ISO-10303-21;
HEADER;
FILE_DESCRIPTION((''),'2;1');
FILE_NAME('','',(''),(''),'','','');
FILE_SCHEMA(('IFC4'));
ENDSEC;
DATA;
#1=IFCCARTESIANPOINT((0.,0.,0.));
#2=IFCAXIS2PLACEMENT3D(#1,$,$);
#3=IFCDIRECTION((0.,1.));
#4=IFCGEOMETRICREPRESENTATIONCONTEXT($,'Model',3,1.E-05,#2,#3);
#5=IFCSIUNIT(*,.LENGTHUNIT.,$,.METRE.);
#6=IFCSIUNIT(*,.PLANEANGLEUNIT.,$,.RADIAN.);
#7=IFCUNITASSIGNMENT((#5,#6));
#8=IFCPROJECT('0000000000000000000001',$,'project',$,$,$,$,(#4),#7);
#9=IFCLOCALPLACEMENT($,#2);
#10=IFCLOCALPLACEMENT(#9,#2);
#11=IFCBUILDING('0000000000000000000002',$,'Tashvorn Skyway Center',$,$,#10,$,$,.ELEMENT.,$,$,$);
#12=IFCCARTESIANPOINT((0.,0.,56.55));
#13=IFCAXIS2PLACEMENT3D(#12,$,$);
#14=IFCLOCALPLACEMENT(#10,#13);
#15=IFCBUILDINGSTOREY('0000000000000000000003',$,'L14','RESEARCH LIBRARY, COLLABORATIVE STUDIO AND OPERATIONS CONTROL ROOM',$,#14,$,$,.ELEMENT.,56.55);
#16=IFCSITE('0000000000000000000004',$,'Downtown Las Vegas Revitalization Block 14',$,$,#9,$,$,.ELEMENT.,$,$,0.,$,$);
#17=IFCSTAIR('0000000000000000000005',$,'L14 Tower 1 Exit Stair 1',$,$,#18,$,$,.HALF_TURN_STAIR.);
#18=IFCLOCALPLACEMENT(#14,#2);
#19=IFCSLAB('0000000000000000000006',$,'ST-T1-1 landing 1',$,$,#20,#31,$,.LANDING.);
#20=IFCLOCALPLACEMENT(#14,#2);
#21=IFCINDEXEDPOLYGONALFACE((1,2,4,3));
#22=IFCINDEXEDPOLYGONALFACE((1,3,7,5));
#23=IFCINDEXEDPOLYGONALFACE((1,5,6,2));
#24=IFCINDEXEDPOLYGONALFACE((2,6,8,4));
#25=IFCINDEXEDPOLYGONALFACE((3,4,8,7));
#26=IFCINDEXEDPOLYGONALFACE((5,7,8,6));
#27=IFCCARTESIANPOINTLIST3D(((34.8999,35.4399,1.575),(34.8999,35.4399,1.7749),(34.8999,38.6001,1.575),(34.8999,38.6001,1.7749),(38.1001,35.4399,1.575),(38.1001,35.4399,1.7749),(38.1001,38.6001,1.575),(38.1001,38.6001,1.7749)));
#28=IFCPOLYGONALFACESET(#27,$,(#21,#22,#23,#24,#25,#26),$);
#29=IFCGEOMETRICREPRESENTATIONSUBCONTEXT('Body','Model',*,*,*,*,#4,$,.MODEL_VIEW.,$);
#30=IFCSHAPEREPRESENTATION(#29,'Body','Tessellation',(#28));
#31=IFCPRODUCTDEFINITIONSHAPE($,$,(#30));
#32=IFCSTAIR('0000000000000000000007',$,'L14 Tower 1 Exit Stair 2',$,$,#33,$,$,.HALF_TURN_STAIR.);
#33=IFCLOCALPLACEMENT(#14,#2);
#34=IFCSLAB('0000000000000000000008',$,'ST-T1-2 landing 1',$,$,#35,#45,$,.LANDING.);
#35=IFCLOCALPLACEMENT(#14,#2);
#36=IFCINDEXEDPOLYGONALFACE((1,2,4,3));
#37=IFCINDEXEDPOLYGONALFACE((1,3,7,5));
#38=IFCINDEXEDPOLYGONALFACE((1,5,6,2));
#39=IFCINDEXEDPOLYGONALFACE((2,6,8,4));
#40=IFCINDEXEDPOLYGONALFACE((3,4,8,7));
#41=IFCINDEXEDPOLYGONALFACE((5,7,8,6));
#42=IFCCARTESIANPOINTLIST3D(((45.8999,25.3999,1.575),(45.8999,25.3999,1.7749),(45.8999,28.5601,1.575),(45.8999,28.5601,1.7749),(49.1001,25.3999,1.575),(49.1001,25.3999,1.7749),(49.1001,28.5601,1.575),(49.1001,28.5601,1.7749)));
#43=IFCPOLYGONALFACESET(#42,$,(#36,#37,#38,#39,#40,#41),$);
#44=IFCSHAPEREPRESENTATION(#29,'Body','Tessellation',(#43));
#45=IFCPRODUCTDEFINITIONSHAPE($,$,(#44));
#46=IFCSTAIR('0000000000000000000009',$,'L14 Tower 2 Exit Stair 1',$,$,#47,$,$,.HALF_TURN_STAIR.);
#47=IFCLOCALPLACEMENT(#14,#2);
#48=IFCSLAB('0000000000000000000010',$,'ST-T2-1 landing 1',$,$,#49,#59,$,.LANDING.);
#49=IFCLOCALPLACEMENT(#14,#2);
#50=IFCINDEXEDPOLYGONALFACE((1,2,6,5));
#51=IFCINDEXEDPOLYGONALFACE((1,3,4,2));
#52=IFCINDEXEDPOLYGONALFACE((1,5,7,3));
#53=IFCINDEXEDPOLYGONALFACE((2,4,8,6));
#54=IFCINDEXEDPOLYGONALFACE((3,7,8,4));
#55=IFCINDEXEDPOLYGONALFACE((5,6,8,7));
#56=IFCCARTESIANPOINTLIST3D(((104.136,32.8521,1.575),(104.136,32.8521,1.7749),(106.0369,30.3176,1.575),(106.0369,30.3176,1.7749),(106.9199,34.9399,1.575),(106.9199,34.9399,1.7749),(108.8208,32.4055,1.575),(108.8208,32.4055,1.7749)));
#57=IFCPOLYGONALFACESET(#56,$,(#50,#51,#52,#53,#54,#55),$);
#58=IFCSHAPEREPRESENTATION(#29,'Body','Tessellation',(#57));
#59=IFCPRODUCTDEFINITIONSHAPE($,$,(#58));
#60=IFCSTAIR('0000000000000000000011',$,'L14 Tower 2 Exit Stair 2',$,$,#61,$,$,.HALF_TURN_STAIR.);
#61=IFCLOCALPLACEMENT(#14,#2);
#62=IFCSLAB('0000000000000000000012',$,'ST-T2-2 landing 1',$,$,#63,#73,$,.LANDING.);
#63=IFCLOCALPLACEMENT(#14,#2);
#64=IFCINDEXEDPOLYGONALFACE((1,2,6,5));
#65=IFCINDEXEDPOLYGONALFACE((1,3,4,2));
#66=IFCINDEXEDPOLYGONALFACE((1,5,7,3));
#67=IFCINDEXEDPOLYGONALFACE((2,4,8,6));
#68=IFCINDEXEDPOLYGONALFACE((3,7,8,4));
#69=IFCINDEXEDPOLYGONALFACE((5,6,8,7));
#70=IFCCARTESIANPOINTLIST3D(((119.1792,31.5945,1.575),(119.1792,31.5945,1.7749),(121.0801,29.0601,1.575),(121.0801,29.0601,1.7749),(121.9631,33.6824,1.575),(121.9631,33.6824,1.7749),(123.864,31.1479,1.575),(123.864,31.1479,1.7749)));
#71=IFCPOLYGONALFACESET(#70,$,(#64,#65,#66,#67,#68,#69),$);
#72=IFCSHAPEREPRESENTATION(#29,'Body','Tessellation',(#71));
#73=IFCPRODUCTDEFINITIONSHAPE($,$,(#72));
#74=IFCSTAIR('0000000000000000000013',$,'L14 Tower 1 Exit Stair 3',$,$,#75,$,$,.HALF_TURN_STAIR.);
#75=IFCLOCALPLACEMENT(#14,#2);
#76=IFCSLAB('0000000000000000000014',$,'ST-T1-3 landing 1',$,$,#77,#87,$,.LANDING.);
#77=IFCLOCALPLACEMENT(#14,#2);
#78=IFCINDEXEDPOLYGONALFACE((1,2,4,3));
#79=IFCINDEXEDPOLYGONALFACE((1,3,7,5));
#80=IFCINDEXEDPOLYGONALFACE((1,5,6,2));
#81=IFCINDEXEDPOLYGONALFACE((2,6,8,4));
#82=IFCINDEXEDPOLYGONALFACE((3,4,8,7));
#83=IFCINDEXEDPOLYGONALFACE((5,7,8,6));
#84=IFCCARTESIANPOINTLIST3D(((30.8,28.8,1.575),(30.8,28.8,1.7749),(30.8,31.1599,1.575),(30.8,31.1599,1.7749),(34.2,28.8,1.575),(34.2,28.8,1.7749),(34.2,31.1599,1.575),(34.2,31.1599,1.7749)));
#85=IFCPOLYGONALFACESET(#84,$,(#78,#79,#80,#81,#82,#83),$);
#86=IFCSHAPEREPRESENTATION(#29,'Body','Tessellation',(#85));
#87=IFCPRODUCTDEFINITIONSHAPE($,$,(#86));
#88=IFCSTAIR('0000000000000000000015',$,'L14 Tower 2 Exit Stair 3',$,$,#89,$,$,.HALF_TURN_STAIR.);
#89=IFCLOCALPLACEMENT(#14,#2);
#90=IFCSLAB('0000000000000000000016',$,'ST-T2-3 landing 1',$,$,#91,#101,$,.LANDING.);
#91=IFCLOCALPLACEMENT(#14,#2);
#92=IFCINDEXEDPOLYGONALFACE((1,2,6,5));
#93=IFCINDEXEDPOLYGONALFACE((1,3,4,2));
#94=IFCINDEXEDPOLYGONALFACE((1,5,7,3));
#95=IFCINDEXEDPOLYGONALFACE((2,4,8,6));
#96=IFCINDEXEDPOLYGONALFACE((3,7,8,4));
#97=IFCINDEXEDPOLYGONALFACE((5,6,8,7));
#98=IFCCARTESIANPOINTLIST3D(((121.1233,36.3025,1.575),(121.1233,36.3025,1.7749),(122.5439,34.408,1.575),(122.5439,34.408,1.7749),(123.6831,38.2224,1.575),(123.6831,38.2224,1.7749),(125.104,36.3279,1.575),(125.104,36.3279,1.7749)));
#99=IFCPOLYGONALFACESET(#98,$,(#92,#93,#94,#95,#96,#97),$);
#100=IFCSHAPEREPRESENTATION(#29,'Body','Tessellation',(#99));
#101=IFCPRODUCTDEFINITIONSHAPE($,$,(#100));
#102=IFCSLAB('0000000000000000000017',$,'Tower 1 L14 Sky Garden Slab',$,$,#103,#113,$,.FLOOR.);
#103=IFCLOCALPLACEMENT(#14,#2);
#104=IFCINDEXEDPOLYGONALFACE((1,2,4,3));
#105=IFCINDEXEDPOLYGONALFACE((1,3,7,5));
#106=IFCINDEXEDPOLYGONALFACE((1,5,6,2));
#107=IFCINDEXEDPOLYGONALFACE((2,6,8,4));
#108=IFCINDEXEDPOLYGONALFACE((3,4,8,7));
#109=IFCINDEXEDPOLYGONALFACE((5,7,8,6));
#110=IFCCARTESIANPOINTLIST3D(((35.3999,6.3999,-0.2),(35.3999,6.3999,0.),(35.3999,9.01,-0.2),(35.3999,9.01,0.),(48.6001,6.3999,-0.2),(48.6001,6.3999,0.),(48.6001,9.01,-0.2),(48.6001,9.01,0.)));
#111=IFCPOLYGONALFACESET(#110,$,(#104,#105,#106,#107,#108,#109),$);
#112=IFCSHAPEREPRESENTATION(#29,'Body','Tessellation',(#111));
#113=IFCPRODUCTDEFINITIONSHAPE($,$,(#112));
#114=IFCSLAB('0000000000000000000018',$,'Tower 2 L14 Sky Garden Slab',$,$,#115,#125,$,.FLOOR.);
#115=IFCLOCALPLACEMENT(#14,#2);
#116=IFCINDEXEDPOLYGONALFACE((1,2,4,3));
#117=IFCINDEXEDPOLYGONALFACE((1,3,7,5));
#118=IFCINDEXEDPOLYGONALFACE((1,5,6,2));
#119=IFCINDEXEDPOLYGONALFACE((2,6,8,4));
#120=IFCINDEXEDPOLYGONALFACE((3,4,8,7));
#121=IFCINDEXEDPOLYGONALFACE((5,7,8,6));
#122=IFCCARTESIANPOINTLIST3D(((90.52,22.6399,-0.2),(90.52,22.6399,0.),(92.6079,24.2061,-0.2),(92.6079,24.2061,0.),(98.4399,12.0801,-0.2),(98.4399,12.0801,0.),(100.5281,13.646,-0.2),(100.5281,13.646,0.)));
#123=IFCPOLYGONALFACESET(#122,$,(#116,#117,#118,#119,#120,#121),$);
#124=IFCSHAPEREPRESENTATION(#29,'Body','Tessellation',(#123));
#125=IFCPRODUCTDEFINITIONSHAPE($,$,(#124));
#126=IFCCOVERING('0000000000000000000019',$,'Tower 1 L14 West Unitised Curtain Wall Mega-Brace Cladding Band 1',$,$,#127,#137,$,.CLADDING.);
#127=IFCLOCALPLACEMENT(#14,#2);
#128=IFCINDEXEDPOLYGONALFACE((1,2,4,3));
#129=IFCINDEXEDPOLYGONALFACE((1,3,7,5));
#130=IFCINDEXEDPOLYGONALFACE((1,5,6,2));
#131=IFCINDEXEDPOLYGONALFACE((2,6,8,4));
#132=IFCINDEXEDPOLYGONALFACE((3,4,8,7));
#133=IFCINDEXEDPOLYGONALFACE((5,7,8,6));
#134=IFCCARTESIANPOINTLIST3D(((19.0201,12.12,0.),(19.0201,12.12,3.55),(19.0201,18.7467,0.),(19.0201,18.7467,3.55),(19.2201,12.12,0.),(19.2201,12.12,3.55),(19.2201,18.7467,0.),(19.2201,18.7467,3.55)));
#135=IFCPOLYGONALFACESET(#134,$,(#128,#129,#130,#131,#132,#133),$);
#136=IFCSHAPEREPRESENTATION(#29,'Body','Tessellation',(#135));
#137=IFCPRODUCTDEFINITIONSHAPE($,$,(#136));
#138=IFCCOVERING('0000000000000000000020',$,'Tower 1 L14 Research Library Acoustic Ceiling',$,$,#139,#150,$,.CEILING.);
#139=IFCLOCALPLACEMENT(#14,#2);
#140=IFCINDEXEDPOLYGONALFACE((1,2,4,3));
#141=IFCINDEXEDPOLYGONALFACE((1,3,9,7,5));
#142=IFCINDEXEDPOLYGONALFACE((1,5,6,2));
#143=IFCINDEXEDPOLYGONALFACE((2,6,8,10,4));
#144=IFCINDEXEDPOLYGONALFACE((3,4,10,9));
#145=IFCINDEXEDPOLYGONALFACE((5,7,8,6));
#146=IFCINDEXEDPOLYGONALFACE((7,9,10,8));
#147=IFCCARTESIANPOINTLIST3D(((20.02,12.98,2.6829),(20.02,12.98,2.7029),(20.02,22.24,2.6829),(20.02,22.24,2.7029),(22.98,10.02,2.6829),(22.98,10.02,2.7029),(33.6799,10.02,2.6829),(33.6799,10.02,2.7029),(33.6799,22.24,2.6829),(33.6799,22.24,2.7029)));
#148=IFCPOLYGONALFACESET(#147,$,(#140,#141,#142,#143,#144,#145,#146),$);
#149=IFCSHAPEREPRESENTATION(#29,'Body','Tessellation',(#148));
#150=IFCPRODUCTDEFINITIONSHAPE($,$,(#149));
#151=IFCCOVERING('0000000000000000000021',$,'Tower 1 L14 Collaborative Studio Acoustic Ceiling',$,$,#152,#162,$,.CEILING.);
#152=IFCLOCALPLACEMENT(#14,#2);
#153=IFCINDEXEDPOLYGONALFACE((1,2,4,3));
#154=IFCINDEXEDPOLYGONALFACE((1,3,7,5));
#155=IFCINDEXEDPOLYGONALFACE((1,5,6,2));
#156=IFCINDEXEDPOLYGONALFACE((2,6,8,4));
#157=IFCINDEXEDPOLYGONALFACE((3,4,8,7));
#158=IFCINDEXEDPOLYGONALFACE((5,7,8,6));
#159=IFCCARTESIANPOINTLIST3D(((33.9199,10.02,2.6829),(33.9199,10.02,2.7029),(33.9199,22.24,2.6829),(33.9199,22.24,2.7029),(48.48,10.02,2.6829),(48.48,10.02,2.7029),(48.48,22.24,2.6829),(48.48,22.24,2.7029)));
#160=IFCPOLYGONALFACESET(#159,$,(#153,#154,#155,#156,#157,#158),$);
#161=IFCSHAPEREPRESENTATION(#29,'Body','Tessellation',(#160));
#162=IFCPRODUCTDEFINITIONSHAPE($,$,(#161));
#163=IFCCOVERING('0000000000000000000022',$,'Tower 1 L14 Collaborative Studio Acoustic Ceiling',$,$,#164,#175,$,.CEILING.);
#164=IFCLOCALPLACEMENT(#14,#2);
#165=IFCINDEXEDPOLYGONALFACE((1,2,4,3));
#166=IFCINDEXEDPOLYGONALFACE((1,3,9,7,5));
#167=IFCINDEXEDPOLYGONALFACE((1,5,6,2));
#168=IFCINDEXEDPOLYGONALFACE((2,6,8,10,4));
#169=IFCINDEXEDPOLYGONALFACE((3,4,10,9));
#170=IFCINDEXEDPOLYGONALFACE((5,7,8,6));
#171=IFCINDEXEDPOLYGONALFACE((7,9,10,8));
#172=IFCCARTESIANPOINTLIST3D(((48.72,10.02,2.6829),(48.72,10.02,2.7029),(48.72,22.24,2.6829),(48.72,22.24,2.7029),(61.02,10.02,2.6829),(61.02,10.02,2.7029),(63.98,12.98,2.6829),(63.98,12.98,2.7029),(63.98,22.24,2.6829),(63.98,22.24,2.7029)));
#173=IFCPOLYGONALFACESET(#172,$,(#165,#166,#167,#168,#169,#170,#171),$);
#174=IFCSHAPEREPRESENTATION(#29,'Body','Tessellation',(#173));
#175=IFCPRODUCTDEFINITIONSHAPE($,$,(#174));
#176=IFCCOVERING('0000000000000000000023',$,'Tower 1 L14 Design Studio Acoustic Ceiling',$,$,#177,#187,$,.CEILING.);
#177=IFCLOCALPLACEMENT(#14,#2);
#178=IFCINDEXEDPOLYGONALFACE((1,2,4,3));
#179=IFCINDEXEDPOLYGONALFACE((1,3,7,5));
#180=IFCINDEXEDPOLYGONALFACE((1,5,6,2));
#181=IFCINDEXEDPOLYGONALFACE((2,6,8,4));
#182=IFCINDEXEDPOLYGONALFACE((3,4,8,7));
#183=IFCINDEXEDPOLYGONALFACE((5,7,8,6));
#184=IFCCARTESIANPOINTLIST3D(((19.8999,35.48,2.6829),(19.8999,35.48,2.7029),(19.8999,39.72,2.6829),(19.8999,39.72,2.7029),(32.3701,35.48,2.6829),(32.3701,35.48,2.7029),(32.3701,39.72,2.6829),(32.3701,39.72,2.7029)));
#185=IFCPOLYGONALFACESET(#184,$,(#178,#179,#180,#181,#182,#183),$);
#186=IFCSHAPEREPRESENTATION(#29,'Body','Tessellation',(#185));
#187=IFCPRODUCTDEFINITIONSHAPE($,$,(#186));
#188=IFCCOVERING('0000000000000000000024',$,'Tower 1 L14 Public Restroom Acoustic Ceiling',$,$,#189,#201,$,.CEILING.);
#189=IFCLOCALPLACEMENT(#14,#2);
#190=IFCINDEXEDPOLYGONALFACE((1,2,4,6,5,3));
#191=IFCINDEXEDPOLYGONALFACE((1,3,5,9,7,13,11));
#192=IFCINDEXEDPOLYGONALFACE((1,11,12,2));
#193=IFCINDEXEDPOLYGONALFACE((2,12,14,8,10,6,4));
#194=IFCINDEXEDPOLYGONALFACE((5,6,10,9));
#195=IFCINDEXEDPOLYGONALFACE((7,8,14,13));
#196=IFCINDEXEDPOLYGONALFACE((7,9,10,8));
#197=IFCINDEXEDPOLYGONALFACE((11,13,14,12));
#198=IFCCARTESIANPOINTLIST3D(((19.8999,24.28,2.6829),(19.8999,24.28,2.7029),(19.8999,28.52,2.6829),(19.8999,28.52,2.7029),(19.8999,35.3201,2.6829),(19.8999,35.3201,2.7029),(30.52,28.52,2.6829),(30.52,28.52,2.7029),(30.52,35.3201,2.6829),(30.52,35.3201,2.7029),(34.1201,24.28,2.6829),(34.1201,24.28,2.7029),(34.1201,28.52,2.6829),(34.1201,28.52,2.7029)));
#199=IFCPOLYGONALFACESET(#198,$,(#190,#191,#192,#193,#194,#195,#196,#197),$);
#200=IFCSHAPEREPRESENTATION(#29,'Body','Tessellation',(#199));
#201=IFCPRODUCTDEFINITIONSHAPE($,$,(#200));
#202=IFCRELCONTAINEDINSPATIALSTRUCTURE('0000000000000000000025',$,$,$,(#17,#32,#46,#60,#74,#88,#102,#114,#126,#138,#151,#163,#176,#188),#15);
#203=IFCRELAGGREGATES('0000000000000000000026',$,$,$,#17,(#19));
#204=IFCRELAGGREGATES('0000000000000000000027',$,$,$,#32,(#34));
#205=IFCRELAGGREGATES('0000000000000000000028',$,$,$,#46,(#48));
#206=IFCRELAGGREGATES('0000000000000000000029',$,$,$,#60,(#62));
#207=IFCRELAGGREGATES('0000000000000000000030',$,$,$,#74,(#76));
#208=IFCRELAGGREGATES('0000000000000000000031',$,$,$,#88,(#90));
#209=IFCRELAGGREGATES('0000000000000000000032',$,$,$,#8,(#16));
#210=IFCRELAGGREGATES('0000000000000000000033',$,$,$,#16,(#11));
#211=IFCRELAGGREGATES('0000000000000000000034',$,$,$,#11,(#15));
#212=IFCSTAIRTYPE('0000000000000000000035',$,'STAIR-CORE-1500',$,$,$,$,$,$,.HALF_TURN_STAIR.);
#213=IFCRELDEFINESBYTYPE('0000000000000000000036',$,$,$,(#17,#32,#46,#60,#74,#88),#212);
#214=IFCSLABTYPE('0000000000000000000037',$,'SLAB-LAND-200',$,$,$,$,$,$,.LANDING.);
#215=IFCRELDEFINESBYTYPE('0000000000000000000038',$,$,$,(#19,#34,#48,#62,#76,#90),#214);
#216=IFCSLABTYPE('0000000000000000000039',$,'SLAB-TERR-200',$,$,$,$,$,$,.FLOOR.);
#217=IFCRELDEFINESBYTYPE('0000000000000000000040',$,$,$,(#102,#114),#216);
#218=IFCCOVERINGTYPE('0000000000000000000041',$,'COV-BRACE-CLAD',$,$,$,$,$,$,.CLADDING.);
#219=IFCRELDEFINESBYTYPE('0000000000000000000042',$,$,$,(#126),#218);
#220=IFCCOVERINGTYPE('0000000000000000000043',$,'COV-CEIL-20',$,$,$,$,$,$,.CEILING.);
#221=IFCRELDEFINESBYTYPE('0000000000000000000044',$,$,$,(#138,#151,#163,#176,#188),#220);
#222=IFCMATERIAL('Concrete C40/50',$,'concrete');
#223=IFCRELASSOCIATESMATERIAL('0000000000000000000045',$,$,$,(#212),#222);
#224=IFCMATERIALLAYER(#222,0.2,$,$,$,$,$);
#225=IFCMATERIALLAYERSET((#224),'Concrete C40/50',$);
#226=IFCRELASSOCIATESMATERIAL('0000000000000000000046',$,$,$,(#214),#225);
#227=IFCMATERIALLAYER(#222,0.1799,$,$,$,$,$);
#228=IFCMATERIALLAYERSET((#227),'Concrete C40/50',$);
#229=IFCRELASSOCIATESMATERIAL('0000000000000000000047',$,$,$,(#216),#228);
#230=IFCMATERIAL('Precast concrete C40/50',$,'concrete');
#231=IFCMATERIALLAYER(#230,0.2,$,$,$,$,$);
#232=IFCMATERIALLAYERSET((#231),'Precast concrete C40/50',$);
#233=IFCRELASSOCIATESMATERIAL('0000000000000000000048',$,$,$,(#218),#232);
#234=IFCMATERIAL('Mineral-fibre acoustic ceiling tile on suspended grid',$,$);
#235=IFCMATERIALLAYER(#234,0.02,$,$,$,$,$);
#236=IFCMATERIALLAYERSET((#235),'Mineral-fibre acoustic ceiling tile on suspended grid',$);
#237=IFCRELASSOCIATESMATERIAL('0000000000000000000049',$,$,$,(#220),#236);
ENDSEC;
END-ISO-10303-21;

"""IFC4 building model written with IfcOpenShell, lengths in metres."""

from ifc_helpers import new_model, si_unit, direction, frame, origin, origin_2d, place, context, subcontext, project, spatial, polyline, rectangle, outline, extrude, material, layer, layer_set, type_object, element, aggregate, save


model = new_model("IFC4")

# Units and contexts
model_context = context("Model", 3, precision=1e-05, world=origin(), true_north=direction((0.0, 1.0)))
body_context = subcontext(model_context, "Body", "Model", "MODEL_VIEW")
ifc_project = project(units=[si_unit("LENGTHUNIT", "METRE"), si_unit("PLANEANGLEUNIT", "RADIAN")], contexts=[model_context])

# Site, building, storey
site_placement = place(None, origin())
site = spatial("IfcSite", under=ifc_project, at=site_placement, Name="Downtown Las Vegas Revitalization Block 14", CompositionType="ELEMENT", RefElevation=0.0)
building_placement = place(site_placement, origin())
building = spatial("IfcBuilding", under=site, at=building_placement, Name="Tashvorn Skyway Center", CompositionType="ELEMENT")
storey_placement = place(building_placement, frame((0.0, 0.0, 56.55)))
storey = spatial("IfcBuildingStorey", under=building, at=storey_placement, Name="L14", Description="RESEARCH LIBRARY, COLLABORATIVE STUDIO AND OPERATIONS CONTROL ROOM", CompositionType="ELEMENT", Elevation=56.55)

# Shared definitions
ifc_material_1 = material(Name="Concrete C40/50", Category="concrete")

# Stairs, slabs
stair_type = type_object("IfcStairType", Name="STAIR-CORE-1500", PredefinedType="HALF_TURN_STAIR", material=ifc_material_1)
stair_1_placement = place(storey_placement, origin())
stair_1 = element("IfcStair", 1, at=stair_1_placement, inside=storey, type_object=stair_type, Name="L14 Tower 1 Exit Stair 1", PredefinedType="HALF_TURN_STAIR")
ifc_layer_1 = layer(ifc_material_1, 0.2)
ifc_layer_set_1 = layer_set([ifc_layer_1], Name="Concrete C40/50")
slab_type_1 = type_object("IfcSlabType", Name="SLAB-LAND-200", PredefinedType="LANDING", material=ifc_layer_set_1)
slab_1_placement = place(storey_placement, frame((0.0, 0.0, 1.575)))
slab_1 = element("IfcSlab", 2, at=slab_1_placement, type_object=slab_type_1, Name="ST-T1-1 landing 1", PredefinedType="LANDING", context=body_context, shape_type="SweptSolid", body=[
    extrude(outline(polyline([(38.1001, 35.4399), (38.1001, 38.6001), (34.8999, 38.6001), (34.8999, 35.4399), (38.1001, 35.4399)])), origin(), (0.0, 0.0, 1.0), 0.2),
])
aggregate(stair_1, [slab_1])
stair_2_placement = place(storey_placement, origin())
stair_2 = element("IfcStair", 3, at=stair_2_placement, inside=storey, type_object=stair_type, Name="L14 Tower 1 Exit Stair 2", PredefinedType="HALF_TURN_STAIR")
slab_2_placement = place(storey_placement, frame((0.0, 0.0, 1.575)))
slab_2 = element("IfcSlab", 4, at=slab_2_placement, type_object=slab_type_1, Name="ST-T1-2 landing 1", PredefinedType="LANDING", context=body_context, shape_type="SweptSolid", body=[
    extrude(outline(polyline([(45.8999, 28.5601), (45.8999, 25.3999), (49.1001, 25.3999), (49.1001, 28.5601), (45.8999, 28.5601)])), origin(), (0.0, 0.0, 1.0), 0.2),
])
aggregate(stair_2, [slab_2])
stair_3_placement = place(storey_placement, origin())
stair_3 = element("IfcStair", 5, at=stair_3_placement, inside=storey, type_object=stair_type, Name="L14 Tower 2 Exit Stair 1", PredefinedType="HALF_TURN_STAIR")
slab_3_placement = place(storey_placement, frame((0.0, 0.0, 1.575)))
slab_3 = element("IfcSlab", 6, at=slab_3_placement, type_object=slab_type_1, Name="ST-T2-1 landing 1", PredefinedType="LANDING", context=body_context, shape_type="SweptSolid", body=[
    extrude(outline(polyline([(108.8208, 32.4055), (106.9199, 34.9399), (104.136, 32.8521), (106.0369, 30.3176), (108.8208, 32.4055)])), origin(), (0.0, 0.0, 1.0), 0.2),
])
aggregate(stair_3, [slab_3])
stair_4_placement = place(storey_placement, origin())
stair_4 = element("IfcStair", 7, at=stair_4_placement, inside=storey, type_object=stair_type, Name="L14 Tower 2 Exit Stair 2", PredefinedType="HALF_TURN_STAIR")
slab_4_placement = place(storey_placement, frame((0.0, 0.0, 1.575)))
slab_4 = element("IfcSlab", 8, at=slab_4_placement, type_object=slab_type_1, Name="ST-T2-2 landing 1", PredefinedType="LANDING", context=body_context, shape_type="SweptSolid", body=[
    extrude(outline(polyline([(119.1792, 31.5945), (121.0801, 29.0601), (123.864, 31.1479), (121.9631, 33.6824), (119.1792, 31.5945)])), origin(), (0.0, 0.0, 1.0), 0.2),
])
aggregate(stair_4, [slab_4])
stair_5_placement = place(storey_placement, origin())
stair_5 = element("IfcStair", 9, at=stair_5_placement, inside=storey, type_object=stair_type, Name="L14 Tower 1 Exit Stair 3", PredefinedType="HALF_TURN_STAIR")
slab_5_placement = place(storey_placement, frame((0.0, 0.0, 1.575)))
slab_5 = element("IfcSlab", 10, at=slab_5_placement, type_object=slab_type_1, Name="ST-T1-3 landing 1", PredefinedType="LANDING", context=body_context, shape_type="SweptSolid", body=[
    extrude(outline(polyline([(30.8, 31.1599), (30.8, 28.8), (34.2, 28.8), (34.2, 31.1599), (30.8, 31.1599)])), origin(), (0.0, 0.0, 1.0), 0.2),
])
aggregate(stair_5, [slab_5])
stair_6_placement = place(storey_placement, origin())
stair_6 = element("IfcStair", 11, at=stair_6_placement, inside=storey, type_object=stair_type, Name="L14 Tower 2 Exit Stair 3", PredefinedType="HALF_TURN_STAIR")
slab_6_placement = place(storey_placement, frame((0.0, 0.0, 1.575)))
slab_6 = element("IfcSlab", 12, at=slab_6_placement, type_object=slab_type_1, Name="ST-T2-3 landing 1", PredefinedType="LANDING", context=body_context, shape_type="SweptSolid", body=[
    extrude(outline(polyline([(121.1233, 36.3025), (122.5439, 34.408), (125.104, 36.3279), (123.6831, 38.2224), (121.1233, 36.3025)])), origin(), (0.0, 0.0, 1.0), 0.2),
])
aggregate(stair_6, [slab_6])

# Slabs
ifc_layer_2 = layer(ifc_material_1, 0.1799)
ifc_layer_set_2 = layer_set([ifc_layer_2], Name="Concrete C40/50")
slab_type_2 = type_object("IfcSlabType", Name="SLAB-TERR-200", PredefinedType="FLOOR", material=ifc_layer_set_2)
slab_7_placement = place(storey_placement, frame((0.0, 0.0, -0.2)))
element("IfcSlab", 13, at=slab_7_placement, inside=storey, type_object=slab_type_2, Name="Tower 1 L14 Sky Garden Slab", PredefinedType="FLOOR", context=body_context, shape_type="SweptSolid", body=[
    extrude(outline(polyline([(35.3999, 6.3999), (48.6001, 6.3999), (48.6001, 9.01), (35.3999, 9.01), (35.3999, 6.3999)])), origin(), (0.0, 0.0, 1.0), 0.2),
])
slab_8_placement = place(storey_placement, frame((0.0, 0.0, -0.2)))
element("IfcSlab", 14, at=slab_8_placement, inside=storey, type_object=slab_type_2, Name="Tower 2 L14 Sky Garden Slab", PredefinedType="FLOOR", context=body_context, shape_type="SweptSolid", body=[
    extrude(outline(polyline([(98.4399, 12.0801), (100.5281, 13.646), (92.6079, 24.2061), (90.52, 22.6399), (98.4399, 12.0801)])), origin(), (0.0, 0.0, 1.0), 0.2),
])

# Coverings
ifc_material_2 = material(Name="Precast concrete C40/50", Category="concrete")
ifc_layer_3 = layer(ifc_material_2, 0.2)
ifc_layer_set_3 = layer_set([ifc_layer_3], Name="Precast concrete C40/50")
covering_type_1 = type_object("IfcCoveringType", Name="COV-BRACE-CLAD", PredefinedType="CLADDING", material=ifc_layer_set_3)
covering_1_placement = place(storey_placement, frame((19.1201, 15.4333, 0.0), z_axis=(0.0, 0.0, 1.0), x_axis=(0.0, 1.0, 0.0)))
element("IfcCovering", 15, at=covering_1_placement, inside=storey, type_object=covering_type_1, Name="Tower 1 L14 West Unitised Curtain Wall Mega-Brace Cladding Band 1", PredefinedType="CLADDING", context=body_context, shape_type="SweptSolid", body=[
    extrude(rectangle(XDim=6.6267, YDim=0.2, at=origin_2d()), origin(), (0.0, 0.0, 1.0), 3.55),
])
ifc_material_3 = material(Name="Mineral-fibre acoustic ceiling tile on suspended grid")
ifc_layer_4 = layer(ifc_material_3, 0.02)
ifc_layer_set_4 = layer_set([ifc_layer_4], Name="Mineral-fibre acoustic ceiling tile on suspended grid")
covering_type_2 = type_object("IfcCoveringType", Name="COV-CEIL-20", PredefinedType="CEILING", material=ifc_layer_set_4)
covering_2_placement = place(storey_placement, frame((0.0, 0.0, 2.6829)))
element("IfcCovering", 16, at=covering_2_placement, inside=storey, type_object=covering_type_2, Name="Tower 1 L14 Research Library Acoustic Ceiling", PredefinedType="CEILING", context=body_context, shape_type="SweptSolid", body=[
    extrude(outline(polyline([(20.02, 22.24), (33.6799, 22.24), (33.6799, 10.02), (22.98, 10.02), (20.02, 12.98), (20.02, 22.24)])), origin(), (0.0, 0.0, 1.0), 0.02),
])
covering_3_placement = place(storey_placement, frame((0.0, 0.0, 2.6829)))
element("IfcCovering", 17, at=covering_3_placement, inside=storey, type_object=covering_type_2, Name="Tower 1 L14 Collaborative Studio Acoustic Ceiling", PredefinedType="CEILING", context=body_context, shape_type="SweptSolid", body=[
    extrude(outline(polyline([(33.9199, 22.24), (48.48, 22.24), (48.48, 10.02), (33.9199, 10.02), (33.9199, 22.24)])), origin(), (0.0, 0.0, 1.0), 0.02),
])
covering_4_placement = place(storey_placement, frame((0.0, 0.0, 2.6829)))
element("IfcCovering", 18, at=covering_4_placement, inside=storey, type_object=covering_type_2, Name="Tower 1 L14 Collaborative Studio Acoustic Ceiling", PredefinedType="CEILING", context=body_context, shape_type="SweptSolid", body=[
    extrude(outline(polyline([(48.72, 10.02), (48.72, 22.24), (63.98, 22.24), (63.98, 12.98), (61.02, 10.02), (48.72, 10.02)])), origin(), (0.0, 0.0, 1.0), 0.02),
])
covering_5_placement = place(storey_placement, frame((0.0, 0.0, 2.6829)))
element("IfcCovering", 19, at=covering_5_placement, inside=storey, type_object=covering_type_2, Name="Tower 1 L14 Design Studio Acoustic Ceiling", PredefinedType="CEILING", context=body_context, shape_type="SweptSolid", body=[
    extrude(outline(polyline([(32.3701, 39.72), (32.3701, 35.48), (19.8999, 35.48), (19.8999, 39.72), (32.3701, 39.72)])), origin(), (0.0, 0.0, 1.0), 0.02),
])
covering_6_placement = place(storey_placement, frame((0.0, 0.0, 2.6829)))
element("IfcCovering", 20, at=covering_6_placement, inside=storey, type_object=covering_type_2, Name="Tower 1 L14 Public Restroom Acoustic Ceiling", PredefinedType="CEILING", context=body_context, shape_type="SweptSolid", body=[
    extrude(outline(polyline([(34.1201, 24.28), (19.8999, 24.28), (19.8999, 28.52), (19.8999, 35.3201), (30.52, 35.3201), (30.52, 28.52), (34.1201, 28.52), (34.1201, 24.28)])), origin(), (0.0, 0.0, 1.0), 0.02),
])

save(model, "model.ifc")
